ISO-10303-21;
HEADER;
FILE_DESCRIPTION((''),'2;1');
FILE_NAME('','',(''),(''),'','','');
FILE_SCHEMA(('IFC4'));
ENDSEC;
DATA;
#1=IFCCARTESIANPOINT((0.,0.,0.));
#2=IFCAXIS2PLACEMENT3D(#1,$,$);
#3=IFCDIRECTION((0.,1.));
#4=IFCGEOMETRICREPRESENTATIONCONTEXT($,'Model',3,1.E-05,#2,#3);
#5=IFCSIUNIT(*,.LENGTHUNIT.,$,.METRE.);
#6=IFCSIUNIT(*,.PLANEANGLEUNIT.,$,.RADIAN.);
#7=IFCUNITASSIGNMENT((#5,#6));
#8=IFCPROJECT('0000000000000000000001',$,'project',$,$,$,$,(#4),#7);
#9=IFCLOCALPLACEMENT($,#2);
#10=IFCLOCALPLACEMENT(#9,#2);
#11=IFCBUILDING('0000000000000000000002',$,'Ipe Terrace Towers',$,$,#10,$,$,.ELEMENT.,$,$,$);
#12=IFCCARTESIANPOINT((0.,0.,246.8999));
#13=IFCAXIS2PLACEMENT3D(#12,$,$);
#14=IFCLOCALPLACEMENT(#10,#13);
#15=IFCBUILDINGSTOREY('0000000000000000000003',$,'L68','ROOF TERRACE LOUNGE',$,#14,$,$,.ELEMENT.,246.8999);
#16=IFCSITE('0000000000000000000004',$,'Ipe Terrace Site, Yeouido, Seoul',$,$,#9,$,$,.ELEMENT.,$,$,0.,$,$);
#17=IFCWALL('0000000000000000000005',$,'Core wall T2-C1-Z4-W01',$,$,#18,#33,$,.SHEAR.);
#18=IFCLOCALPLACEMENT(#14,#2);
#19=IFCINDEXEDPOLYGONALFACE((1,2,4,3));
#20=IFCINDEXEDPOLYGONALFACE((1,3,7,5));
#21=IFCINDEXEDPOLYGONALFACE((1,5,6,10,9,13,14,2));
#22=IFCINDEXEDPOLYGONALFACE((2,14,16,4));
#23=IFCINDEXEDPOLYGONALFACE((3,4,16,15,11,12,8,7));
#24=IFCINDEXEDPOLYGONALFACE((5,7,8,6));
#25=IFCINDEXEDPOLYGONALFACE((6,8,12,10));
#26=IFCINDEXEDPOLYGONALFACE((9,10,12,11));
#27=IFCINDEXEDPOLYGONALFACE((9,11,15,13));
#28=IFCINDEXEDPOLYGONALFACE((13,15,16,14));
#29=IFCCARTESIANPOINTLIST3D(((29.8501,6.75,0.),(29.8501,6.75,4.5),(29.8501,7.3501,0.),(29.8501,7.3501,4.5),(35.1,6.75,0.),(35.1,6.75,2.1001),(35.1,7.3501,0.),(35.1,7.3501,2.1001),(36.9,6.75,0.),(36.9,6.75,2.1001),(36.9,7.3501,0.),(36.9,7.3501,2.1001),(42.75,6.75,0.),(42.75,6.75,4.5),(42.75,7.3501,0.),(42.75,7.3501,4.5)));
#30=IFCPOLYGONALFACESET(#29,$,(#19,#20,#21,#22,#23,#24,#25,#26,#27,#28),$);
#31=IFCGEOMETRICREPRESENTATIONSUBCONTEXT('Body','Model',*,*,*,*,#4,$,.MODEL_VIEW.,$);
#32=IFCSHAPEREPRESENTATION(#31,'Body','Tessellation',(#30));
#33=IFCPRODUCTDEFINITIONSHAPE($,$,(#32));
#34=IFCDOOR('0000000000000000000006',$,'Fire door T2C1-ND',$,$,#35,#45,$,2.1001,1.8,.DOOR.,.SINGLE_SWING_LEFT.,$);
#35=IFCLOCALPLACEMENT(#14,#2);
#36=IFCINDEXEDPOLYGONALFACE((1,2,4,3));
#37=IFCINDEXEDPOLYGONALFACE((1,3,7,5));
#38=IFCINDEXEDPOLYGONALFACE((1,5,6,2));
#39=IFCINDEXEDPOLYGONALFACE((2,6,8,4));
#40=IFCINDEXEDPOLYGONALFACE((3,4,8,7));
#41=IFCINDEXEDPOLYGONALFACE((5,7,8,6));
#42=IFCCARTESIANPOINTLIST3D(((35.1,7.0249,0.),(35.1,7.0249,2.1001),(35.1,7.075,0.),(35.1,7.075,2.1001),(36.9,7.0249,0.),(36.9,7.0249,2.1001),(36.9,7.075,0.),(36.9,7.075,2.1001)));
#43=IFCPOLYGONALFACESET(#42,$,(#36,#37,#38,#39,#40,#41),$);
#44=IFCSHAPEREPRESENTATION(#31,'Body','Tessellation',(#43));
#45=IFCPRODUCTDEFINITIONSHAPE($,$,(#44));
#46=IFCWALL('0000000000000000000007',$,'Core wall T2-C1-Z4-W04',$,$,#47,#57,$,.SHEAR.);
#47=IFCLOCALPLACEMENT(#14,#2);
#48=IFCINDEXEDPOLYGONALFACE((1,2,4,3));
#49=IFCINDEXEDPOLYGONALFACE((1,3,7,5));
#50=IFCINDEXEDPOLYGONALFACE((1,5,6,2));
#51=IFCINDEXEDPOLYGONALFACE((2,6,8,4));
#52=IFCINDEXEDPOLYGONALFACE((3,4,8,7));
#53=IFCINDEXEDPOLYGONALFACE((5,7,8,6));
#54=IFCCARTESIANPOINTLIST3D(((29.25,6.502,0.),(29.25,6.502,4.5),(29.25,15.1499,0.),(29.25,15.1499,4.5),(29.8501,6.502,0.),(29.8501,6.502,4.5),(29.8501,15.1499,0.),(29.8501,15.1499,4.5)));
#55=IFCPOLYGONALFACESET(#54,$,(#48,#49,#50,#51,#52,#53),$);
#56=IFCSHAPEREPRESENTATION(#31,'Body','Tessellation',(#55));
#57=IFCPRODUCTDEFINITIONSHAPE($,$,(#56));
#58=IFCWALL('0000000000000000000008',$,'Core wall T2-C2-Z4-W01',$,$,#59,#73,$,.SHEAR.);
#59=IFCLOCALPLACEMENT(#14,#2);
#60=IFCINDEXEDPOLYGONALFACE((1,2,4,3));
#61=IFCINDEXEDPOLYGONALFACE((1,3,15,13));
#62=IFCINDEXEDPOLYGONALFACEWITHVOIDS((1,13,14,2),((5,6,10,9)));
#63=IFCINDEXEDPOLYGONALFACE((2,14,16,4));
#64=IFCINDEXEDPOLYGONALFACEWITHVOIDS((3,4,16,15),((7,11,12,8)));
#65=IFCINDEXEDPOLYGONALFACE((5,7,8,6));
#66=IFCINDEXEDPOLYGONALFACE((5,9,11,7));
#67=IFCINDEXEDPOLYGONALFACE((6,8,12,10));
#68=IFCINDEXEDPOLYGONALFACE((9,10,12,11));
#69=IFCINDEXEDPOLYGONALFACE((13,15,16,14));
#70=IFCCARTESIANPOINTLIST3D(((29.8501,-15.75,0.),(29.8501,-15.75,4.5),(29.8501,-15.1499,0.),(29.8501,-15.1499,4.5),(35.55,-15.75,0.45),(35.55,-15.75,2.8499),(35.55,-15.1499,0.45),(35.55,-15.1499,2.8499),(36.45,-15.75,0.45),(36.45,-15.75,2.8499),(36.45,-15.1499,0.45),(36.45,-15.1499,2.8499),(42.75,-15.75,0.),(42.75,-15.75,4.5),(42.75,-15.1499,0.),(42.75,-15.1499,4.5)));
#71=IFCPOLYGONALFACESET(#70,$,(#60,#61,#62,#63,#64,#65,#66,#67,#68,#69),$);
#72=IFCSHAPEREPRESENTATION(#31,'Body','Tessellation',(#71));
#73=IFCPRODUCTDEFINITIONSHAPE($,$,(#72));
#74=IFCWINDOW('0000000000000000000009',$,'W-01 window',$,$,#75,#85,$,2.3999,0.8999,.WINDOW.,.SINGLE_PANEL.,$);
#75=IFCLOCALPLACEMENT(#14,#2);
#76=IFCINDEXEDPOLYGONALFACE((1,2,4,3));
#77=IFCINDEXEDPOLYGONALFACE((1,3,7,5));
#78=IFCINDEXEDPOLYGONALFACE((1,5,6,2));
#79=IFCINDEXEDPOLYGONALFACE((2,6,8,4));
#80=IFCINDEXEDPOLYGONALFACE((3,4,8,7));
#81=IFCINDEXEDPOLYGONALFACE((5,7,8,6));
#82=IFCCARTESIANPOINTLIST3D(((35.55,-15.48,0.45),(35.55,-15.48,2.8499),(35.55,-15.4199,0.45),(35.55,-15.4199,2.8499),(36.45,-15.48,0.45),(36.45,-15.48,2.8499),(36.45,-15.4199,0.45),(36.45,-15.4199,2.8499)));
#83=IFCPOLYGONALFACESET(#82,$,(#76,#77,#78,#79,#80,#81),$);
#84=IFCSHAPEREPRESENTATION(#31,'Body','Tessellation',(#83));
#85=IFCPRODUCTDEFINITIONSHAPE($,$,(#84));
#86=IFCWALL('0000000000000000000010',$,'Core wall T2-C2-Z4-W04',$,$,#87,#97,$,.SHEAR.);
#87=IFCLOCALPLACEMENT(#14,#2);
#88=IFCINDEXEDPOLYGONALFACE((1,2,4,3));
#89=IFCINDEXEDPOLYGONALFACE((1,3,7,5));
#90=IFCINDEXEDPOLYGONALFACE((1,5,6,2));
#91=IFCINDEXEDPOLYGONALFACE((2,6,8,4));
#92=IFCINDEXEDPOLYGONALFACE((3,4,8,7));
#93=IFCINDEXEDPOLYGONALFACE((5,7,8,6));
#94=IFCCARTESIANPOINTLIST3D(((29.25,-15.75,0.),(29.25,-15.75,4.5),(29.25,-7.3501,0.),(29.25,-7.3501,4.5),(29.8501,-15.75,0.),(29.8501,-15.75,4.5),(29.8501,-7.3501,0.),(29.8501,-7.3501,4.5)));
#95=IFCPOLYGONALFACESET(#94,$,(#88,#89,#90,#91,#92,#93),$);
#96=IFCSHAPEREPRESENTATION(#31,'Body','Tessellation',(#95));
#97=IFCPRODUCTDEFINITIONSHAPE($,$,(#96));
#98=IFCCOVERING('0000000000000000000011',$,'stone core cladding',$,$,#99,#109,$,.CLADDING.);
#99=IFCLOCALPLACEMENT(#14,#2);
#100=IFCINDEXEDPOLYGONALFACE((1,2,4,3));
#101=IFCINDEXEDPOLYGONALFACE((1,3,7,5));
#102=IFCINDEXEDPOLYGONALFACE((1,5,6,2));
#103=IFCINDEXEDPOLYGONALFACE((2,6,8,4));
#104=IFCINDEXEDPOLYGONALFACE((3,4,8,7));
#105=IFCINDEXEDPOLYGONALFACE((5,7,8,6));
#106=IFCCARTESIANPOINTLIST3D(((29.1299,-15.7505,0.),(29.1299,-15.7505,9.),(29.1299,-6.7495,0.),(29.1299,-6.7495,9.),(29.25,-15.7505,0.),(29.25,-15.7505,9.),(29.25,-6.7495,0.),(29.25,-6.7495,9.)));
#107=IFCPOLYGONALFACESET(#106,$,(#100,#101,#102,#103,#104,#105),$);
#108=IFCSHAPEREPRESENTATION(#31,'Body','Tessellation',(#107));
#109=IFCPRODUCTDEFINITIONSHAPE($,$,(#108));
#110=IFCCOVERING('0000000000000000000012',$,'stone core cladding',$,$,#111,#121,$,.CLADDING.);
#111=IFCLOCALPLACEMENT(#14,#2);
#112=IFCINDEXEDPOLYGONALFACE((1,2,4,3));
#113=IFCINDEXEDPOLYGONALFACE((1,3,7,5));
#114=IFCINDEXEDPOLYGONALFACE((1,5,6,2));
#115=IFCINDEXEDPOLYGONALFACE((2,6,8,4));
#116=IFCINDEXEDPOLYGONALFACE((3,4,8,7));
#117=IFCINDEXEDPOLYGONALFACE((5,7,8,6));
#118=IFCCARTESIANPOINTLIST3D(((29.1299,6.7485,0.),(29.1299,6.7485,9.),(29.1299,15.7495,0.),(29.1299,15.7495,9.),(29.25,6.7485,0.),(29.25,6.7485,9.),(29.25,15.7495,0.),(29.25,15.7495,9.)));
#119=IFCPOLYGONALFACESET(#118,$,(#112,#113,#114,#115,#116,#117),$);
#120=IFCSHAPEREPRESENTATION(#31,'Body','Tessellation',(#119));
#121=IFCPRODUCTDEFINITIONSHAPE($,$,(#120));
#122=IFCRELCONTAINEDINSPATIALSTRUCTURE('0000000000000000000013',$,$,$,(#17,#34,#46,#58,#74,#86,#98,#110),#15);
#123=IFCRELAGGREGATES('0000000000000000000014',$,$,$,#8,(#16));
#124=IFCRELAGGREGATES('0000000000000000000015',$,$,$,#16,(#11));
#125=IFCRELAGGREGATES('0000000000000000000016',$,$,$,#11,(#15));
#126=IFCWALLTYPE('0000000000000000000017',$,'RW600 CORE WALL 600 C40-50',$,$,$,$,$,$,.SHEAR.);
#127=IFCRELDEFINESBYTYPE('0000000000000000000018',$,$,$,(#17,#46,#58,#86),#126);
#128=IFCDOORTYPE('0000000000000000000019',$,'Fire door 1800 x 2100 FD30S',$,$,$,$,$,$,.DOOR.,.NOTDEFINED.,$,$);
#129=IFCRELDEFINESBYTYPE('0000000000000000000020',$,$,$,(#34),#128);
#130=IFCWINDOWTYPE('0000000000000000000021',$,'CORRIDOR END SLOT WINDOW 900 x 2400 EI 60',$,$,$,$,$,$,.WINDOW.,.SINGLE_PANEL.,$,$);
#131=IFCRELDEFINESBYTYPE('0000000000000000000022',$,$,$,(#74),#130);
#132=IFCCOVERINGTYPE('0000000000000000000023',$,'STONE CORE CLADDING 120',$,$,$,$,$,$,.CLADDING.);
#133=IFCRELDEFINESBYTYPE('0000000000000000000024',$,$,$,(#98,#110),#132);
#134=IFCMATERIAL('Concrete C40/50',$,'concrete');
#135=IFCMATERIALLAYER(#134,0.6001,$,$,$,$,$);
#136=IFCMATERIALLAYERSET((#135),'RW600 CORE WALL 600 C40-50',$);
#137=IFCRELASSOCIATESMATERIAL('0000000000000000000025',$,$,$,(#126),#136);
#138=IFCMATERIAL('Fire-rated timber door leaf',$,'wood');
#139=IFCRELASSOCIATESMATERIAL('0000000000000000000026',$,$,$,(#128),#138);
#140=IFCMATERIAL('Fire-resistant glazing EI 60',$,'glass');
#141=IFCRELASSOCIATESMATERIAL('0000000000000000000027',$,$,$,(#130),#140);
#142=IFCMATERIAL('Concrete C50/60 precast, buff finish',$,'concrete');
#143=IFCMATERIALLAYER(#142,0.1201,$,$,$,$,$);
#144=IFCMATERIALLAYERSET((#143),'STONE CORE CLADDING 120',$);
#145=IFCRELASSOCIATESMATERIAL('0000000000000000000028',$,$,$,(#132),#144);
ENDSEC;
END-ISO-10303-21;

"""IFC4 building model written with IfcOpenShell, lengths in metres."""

from ifc_helpers import new_model, si_unit, direction, frame, frame_2d, origin, origin_2d, place, context, subcontext, project, spatial, rectangle, extrude, material, layer, layer_set, type_object, element, fill, save


model = new_model("IFC4")

# Units and contexts
model_context = context("Model", 3, precision=1e-05, world=origin(), true_north=direction((0.0, 1.0)))
body_context = subcontext(model_context, "Body", "Model", "MODEL_VIEW")
ifc_project = project(units=[si_unit("LENGTHUNIT", "METRE"), si_unit("PLANEANGLEUNIT", "RADIAN")], contexts=[model_context])

# Site, building, storey
site_placement = place(None, origin())
site = spatial("IfcSite", under=ifc_project, at=site_placement, Name="Ipe Terrace Site, Yeouido, Seoul", CompositionType="ELEMENT", RefElevation=0.0)
building_placement = place(site_placement, origin())
building = spatial("IfcBuilding", under=site, at=building_placement, Name="Ipe Terrace Towers", CompositionType="ELEMENT")
storey_placement = place(building_placement, frame((0.0, 0.0, 246.8999)))
storey = spatial("IfcBuildingStorey", under=building, at=storey_placement, Name="L68", Description="ROOF TERRACE LOUNGE", CompositionType="ELEMENT", Elevation=246.8999)

# Wall, opening, door
ifc_material_1 = material(Name="Concrete C40/50", Category="concrete")
ifc_layer_1 = layer(ifc_material_1, 0.6001)
ifc_layer_set_1 = layer_set([ifc_layer_1], Name="RW600 CORE WALL 600 C40-50")
wall_type_1 = type_object("IfcWallType", Name="RW600 CORE WALL 600 C40-50", PredefinedType="SHEAR", material=ifc_layer_set_1)
wall_1_placement = place(storey_placement, frame((29.8501, 7.05, 0.0), z_axis=(0.0, 0.0, 1.0), x_axis=(1.0, 0.0, 0.0)))
wall_1 = element("IfcWall", 1, at=wall_1_placement, inside=storey, type_object=wall_type_1, Name="Core wall T2-C1-Z4-W01", PredefinedType="SHEAR", context=body_context, shape_type="SweptSolid", body=[
    extrude(rectangle(XDim=12.8999, YDim=0.6001, at=frame_2d((6.45, 0.0))), origin(), (0.0, 0.0, 1.0), 4.5),
])
opening_1_placement = place(wall_1_placement, frame((5.25, 0.0, 0.0)))
opening_1 = element("IfcOpeningElement", 2, at=opening_1_placement, cuts=wall_1, PredefinedType="OPENING", context=body_context, shape_type="SweptSolid", body=[
    extrude(rectangle(XDim=1.8, YDim=2.1001, at=frame_2d((0.8999, 1.05))), frame((0.0, 0.3101, 0.0), z_axis=(0.0, -1.0, 0.0), x_axis=(1.0, 0.0, 0.0)), (0.0, 0.0, 1.0), 0.6201),
])
ifc_material_2 = material(Name="Fire-rated timber door leaf", Category="wood")
door_type_1 = type_object("IfcDoorType", Name="Fire door 1800 x 2100 FD30S", OperationType="NOTDEFINED", PredefinedType="DOOR", material=ifc_material_2)
door_1_placement = place(opening_1_placement, origin())
door_1 = element("IfcDoor", 3, at=door_1_placement, inside=storey, type_object=door_type_1, Name="Fire door T2C1-ND", OperationType="SINGLE_SWING_LEFT", OverallHeight=2.1001, OverallWidth=1.8, PredefinedType="DOOR", context=body_context, shape_type="SweptSolid", body=[
    extrude(rectangle(XDim=1.8, YDim=2.1001, at=frame_2d((0.8999, 1.05))), frame((0.0, 0.0249, 0.0), z_axis=(0.0, -1.0, 0.0), x_axis=(1.0, 0.0, 0.0)), (0.0, 0.0, 1.0), 0.05),
])
fill(opening_1, door_1)

# Wall
wall_2_placement = place(storey_placement, frame((29.55, 15.1499, 0.0), z_axis=(0.0, 0.0, 1.0), x_axis=(0.0, -1.0, 0.0)))
element("IfcWall", 4, at=wall_2_placement, inside=storey, type_object=wall_type_1, Name="Core wall T2-C1-Z4-W04", PredefinedType="SHEAR", context=body_context, shape_type="SweptSolid", body=[
    extrude(rectangle(XDim=8.6479, YDim=0.6001, at=frame_2d((4.324, 0.0))), origin(), (0.0, 0.0, 1.0), 4.5),
])

# Wall, opening, window
wall_3_placement = place(storey_placement, frame((29.8501, -15.45, 0.0), z_axis=(0.0, 0.0, 1.0), x_axis=(1.0, 0.0, 0.0)))
wall_3 = element("IfcWall", 5, at=wall_3_placement, inside=storey, type_object=wall_type_1, Name="Core wall T2-C2-Z4-W01", PredefinedType="SHEAR", context=body_context, shape_type="SweptSolid", body=[
    extrude(rectangle(XDim=12.8999, YDim=0.6001, at=frame_2d((6.45, 0.0))), origin(), (0.0, 0.0, 1.0), 4.5),
])
opening_2_placement = place(wall_3_placement, frame((5.7, 0.0, 0.45)))
opening_2 = element("IfcOpeningElement", 6, at=opening_2_placement, cuts=wall_3, PredefinedType="OPENING", context=body_context, shape_type="SweptSolid", body=[
    extrude(rectangle(XDim=0.8999, YDim=2.3999, at=frame_2d((0.45, 1.2))), frame((0.0, 0.3101, 0.0), z_axis=(0.0, -1.0, 0.0), x_axis=(1.0, 0.0, 0.0)), (0.0, 0.0, 1.0), 0.6201),
])
ifc_material_3 = material(Name="Fire-resistant glazing EI 60", Category="glass")
window_type = type_object("IfcWindowType", Name="CORRIDOR END SLOT WINDOW 900 x 2400 EI 60", PartitioningType="SINGLE_PANEL", PredefinedType="WINDOW", material=ifc_material_3)
window_placement = place(opening_2_placement, origin())
window = element("IfcWindow", 7, at=window_placement, inside=storey, type_object=window_type, Name="W-01 window", OverallHeight=2.3999, OverallWidth=0.8999, PartitioningType="SINGLE_PANEL", PredefinedType="WINDOW", context=body_context, shape_type="SweptSolid", body=[
    extrude(rectangle(XDim=0.8999, YDim=2.3999, at=frame_2d((0.45, 1.2))), frame((0.0, 0.03, 0.0), z_axis=(0.0, -1.0, 0.0), x_axis=(1.0, 0.0, 0.0)), (0.0, 0.0, 1.0), 0.0601),
])
fill(opening_2, window)

# Wall
wall_4_placement = place(storey_placement, frame((29.55, -7.3501, 0.0), z_axis=(0.0, 0.0, 1.0), x_axis=(0.0, -1.0, 0.0)))
element("IfcWall", 8, at=wall_4_placement, inside=storey, type_object=wall_type_1, Name="Core wall T2-C2-Z4-W04", PredefinedType="SHEAR", context=body_context, shape_type="SweptSolid", body=[
    extrude(rectangle(XDim=8.3999, YDim=0.6001, at=frame_2d((4.2, 0.0))), origin(), (0.0, 0.0, 1.0), 4.5),
])

# Coverings
ifc_material_4 = material(Name="Concrete C50/60 precast, buff finish", Category="concrete")
ifc_layer_2 = layer(ifc_material_4, 0.1201)
ifc_layer_set_2 = layer_set([ifc_layer_2], Name="STONE CORE CLADDING 120")
covering_type = type_object("IfcCoveringType", Name="STONE CORE CLADDING 120", PredefinedType="CLADDING", material=ifc_layer_set_2)
for number, where, z_axis, x_axis, name in (
    (9, (29.1899, -11.25, 0.0), (0.0, 0.0, 1.0), (0.0, -1.0, 0.0), "stone core cladding"),
    (10, (29.1899, 11.249, 0.0), (0.0, 0.0, 1.0), (0.0, -1.0, 0.0), "stone core cladding"),
):
    element("IfcCovering", number, at=place(storey_placement, frame(where, z_axis=z_axis, x_axis=x_axis)), inside=storey, type_object=covering_type, Name=name, PredefinedType="CLADDING", context=body_context, shape_type="SweptSolid", body=[
        extrude(rectangle(XDim=9.001, YDim=0.1201, at=origin_2d()), origin(), (0.0, 0.0, 1.0), 9.0),
    ])

save(model, "model.ifc")
